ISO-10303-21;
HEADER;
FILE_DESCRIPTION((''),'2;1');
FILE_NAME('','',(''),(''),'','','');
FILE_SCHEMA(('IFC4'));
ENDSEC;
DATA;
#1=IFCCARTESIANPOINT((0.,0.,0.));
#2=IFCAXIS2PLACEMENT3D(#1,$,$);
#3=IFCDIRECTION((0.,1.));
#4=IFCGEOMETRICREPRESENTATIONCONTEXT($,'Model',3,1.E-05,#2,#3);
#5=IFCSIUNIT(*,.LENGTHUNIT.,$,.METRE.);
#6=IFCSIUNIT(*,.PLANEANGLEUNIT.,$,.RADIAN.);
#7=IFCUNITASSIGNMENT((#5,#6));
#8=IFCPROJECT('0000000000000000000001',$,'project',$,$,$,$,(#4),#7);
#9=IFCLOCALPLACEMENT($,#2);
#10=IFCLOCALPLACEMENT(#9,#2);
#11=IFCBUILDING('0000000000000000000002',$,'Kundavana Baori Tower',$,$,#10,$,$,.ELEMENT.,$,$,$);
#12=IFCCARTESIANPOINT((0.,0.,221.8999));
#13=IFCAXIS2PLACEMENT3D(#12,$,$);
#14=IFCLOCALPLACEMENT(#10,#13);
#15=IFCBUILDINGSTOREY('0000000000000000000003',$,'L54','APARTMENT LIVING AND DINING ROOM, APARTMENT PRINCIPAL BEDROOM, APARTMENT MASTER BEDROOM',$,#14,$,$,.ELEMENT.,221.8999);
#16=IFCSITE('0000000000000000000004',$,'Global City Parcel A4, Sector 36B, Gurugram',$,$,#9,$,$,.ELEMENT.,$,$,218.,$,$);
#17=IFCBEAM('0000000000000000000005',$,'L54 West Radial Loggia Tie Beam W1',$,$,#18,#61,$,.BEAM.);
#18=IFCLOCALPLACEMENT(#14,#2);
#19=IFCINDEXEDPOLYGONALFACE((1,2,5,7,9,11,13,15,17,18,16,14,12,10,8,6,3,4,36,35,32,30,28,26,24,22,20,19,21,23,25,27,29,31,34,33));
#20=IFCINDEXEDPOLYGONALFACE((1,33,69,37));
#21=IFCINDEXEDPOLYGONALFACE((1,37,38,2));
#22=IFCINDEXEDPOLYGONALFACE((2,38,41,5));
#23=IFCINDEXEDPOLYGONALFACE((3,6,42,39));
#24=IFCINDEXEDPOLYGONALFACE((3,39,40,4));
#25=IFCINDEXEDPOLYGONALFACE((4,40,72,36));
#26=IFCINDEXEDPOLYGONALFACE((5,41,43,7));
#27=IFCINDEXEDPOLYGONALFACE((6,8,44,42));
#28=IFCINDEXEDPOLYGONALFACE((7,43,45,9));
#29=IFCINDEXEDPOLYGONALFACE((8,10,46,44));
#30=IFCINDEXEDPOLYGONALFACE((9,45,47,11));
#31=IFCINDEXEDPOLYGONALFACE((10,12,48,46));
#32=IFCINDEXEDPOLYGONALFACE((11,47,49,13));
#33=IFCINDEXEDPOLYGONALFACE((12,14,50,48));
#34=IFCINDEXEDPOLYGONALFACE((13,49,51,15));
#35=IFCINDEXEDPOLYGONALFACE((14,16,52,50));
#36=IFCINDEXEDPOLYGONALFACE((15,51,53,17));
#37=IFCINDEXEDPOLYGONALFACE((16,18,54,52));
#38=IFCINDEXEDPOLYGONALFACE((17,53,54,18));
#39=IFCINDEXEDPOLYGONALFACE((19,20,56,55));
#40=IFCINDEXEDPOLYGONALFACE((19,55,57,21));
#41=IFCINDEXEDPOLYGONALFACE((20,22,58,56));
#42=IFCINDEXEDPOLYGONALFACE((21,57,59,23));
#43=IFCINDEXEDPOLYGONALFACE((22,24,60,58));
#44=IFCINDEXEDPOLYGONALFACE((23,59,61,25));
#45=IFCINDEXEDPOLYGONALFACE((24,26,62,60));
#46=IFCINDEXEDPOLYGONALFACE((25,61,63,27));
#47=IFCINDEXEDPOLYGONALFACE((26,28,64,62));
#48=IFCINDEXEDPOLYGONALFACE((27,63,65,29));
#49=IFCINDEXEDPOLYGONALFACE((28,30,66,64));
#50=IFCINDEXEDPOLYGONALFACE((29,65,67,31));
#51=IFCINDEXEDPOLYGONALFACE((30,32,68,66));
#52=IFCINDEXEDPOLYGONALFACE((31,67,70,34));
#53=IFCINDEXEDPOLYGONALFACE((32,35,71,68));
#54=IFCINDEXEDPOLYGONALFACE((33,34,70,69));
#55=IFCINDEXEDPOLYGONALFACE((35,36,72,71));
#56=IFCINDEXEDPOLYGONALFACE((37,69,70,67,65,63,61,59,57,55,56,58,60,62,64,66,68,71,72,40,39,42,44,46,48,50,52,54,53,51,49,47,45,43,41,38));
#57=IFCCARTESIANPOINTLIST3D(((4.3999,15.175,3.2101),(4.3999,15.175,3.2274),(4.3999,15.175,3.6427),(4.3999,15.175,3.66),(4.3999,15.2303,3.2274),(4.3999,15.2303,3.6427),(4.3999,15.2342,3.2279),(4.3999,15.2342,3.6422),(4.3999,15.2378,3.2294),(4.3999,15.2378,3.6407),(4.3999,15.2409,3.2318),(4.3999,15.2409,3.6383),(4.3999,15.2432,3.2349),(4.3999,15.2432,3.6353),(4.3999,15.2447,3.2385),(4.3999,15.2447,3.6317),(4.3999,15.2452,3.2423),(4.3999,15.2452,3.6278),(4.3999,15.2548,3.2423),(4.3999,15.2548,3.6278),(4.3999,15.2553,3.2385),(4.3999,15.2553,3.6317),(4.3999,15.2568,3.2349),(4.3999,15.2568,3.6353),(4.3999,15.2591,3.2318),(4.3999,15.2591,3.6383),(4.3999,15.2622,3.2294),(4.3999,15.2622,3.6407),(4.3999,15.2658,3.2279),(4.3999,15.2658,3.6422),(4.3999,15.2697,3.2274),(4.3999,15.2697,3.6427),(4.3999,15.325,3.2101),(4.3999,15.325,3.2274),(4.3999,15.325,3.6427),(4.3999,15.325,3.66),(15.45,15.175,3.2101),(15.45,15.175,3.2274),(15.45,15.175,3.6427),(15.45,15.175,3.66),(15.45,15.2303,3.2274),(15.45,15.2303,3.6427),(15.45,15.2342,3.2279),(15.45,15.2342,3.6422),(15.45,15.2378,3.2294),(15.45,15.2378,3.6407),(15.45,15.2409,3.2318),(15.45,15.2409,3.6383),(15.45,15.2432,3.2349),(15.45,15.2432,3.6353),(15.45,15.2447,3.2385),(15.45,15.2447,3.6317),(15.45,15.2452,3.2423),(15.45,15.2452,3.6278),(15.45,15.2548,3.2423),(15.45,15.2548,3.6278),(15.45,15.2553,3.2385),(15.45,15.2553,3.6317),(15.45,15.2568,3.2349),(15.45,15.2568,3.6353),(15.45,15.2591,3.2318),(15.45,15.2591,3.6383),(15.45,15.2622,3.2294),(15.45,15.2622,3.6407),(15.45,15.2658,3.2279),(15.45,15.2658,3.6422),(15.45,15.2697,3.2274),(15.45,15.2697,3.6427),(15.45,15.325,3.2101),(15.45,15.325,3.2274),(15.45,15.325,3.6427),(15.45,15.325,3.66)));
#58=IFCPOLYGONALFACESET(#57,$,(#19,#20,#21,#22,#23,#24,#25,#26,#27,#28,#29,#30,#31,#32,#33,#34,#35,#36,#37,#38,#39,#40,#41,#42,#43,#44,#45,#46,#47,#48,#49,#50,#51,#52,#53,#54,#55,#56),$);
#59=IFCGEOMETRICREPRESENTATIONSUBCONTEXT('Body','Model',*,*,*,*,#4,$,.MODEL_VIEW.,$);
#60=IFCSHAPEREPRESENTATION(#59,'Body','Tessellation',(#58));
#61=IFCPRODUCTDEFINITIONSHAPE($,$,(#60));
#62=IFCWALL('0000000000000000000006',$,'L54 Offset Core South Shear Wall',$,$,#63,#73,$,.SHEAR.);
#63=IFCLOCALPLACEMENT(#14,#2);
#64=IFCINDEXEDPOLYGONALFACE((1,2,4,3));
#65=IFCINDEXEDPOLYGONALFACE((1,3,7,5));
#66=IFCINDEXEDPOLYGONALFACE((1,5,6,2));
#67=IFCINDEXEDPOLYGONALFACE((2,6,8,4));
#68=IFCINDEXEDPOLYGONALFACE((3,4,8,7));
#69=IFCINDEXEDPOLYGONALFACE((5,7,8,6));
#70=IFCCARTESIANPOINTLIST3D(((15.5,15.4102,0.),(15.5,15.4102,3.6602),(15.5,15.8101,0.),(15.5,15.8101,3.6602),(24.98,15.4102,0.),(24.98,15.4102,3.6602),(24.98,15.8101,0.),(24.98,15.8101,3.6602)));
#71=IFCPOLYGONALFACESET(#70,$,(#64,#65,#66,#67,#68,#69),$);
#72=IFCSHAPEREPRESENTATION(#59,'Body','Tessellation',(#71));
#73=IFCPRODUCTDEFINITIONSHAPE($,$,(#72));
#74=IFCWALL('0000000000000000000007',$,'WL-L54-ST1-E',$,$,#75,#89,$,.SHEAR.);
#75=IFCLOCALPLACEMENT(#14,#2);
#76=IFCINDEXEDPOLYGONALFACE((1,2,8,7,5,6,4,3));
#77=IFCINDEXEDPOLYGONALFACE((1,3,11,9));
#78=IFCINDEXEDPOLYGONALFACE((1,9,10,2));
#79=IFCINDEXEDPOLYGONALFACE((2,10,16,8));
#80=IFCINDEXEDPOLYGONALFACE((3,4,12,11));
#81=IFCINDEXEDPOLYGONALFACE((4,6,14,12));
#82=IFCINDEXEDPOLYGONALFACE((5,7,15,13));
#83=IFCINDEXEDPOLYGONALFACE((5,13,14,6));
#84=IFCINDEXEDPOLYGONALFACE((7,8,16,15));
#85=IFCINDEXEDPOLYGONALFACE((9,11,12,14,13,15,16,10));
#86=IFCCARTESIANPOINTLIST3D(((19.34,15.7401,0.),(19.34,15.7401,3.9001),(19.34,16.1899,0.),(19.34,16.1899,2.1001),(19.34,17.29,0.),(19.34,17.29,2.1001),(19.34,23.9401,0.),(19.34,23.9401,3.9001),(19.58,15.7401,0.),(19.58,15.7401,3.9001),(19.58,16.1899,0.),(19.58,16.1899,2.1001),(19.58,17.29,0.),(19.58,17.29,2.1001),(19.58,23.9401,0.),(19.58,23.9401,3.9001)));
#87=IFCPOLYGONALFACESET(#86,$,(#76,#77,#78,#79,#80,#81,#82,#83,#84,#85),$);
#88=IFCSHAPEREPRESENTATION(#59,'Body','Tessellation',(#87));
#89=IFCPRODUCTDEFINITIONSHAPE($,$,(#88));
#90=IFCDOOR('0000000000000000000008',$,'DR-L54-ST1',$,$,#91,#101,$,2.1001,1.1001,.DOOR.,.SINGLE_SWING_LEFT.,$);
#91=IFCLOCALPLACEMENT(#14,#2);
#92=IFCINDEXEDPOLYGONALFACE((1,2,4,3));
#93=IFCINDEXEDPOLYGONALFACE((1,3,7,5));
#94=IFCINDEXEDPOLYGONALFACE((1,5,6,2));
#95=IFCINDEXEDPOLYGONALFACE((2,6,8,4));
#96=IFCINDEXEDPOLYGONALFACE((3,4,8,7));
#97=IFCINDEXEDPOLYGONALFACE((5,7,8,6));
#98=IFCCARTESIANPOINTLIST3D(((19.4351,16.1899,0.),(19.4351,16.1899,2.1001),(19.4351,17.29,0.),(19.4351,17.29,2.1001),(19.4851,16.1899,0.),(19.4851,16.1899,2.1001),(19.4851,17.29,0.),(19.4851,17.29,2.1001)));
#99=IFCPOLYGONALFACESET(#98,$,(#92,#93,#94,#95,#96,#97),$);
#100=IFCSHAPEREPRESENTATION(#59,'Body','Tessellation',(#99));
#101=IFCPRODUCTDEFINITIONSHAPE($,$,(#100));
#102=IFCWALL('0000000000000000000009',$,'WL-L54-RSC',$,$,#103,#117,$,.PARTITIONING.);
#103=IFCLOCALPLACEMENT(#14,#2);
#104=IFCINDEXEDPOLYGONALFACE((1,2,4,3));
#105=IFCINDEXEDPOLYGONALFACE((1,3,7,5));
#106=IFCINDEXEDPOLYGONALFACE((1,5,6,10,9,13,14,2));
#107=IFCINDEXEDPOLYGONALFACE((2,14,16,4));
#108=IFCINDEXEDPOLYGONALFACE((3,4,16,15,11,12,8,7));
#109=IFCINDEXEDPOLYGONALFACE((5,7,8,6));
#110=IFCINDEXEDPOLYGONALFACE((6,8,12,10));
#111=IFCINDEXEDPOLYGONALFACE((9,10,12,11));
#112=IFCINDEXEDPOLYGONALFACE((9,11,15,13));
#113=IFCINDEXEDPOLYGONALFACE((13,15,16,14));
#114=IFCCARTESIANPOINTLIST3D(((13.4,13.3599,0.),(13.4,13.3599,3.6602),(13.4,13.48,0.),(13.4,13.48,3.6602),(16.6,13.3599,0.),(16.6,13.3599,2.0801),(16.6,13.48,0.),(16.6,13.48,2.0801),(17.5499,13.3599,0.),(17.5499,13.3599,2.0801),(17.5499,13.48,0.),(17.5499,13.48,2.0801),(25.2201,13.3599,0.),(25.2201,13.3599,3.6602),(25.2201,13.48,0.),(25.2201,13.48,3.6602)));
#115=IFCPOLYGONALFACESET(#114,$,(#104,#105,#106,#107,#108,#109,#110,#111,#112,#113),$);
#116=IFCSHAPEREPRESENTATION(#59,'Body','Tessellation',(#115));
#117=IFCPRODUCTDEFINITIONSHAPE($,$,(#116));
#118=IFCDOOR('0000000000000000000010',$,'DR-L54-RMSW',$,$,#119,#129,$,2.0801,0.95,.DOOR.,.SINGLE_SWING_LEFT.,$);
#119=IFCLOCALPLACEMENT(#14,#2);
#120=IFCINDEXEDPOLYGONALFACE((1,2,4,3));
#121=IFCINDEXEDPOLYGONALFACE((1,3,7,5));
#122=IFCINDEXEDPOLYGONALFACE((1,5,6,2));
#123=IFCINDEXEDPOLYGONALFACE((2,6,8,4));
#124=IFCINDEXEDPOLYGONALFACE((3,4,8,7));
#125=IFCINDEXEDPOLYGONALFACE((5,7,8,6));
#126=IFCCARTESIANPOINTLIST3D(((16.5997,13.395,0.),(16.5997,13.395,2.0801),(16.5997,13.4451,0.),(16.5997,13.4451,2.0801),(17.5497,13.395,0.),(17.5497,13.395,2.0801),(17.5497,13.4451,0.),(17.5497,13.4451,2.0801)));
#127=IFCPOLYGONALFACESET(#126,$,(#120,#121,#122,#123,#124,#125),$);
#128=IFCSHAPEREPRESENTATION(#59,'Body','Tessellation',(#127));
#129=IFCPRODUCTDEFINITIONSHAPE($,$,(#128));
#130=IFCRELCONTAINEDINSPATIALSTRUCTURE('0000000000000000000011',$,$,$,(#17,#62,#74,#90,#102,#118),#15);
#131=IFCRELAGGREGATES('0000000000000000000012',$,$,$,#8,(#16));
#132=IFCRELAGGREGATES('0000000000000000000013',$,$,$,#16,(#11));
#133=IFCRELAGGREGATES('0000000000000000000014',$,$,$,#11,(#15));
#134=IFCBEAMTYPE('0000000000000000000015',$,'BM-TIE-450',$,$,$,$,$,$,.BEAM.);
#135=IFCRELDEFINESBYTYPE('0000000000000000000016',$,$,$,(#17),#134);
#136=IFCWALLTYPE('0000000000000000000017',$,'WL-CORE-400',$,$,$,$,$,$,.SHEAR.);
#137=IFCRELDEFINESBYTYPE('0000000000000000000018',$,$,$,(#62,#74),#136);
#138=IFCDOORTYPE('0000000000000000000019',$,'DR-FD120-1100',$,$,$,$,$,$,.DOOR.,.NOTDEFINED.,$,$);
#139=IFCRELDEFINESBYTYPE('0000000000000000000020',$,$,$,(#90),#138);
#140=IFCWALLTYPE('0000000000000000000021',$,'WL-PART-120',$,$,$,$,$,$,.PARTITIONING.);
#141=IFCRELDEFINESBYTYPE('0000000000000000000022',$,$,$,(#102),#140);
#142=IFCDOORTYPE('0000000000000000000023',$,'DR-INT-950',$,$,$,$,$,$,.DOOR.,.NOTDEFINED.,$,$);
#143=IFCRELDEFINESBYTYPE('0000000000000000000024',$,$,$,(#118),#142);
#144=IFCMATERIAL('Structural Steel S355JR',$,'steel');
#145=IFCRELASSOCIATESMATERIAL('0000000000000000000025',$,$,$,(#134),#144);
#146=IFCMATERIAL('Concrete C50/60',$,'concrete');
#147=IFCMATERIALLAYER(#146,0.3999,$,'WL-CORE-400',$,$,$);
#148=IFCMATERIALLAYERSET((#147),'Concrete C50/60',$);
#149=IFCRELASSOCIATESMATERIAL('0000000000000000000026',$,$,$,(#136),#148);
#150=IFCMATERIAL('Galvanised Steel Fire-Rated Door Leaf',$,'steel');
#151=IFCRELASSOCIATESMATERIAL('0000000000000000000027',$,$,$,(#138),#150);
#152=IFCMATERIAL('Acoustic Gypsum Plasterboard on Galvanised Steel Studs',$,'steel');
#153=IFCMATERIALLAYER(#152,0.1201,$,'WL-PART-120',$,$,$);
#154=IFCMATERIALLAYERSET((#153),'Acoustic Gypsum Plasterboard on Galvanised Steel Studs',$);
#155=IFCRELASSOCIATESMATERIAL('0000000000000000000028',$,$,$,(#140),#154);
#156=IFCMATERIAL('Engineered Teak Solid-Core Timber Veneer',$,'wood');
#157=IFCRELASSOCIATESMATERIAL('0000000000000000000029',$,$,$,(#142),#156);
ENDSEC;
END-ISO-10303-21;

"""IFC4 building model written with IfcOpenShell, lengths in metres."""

from ifc_helpers import new_model, si_unit, direction, frame, frame_2d, origin, origin_2d, place, context, subcontext, project, spatial, rectangle, i_section, extrude, material, layer, layer_set, material_profile, profile_set, type_object, element, fill, save


model = new_model("IFC4")

# Units and contexts
model_context = context("Model", 3, precision=1e-05, world=origin(), true_north=direction((0.0, 1.0)))
body_context = subcontext(model_context, "Body", "Model", "MODEL_VIEW")
ifc_project = project(units=[si_unit("LENGTHUNIT", "METRE"), si_unit("PLANEANGLEUNIT", "RADIAN")], contexts=[model_context])

# Site, building, storey
site_placement = place(None, origin())
site = spatial("IfcSite", under=ifc_project, at=site_placement, Name="Global City Parcel A4, Sector 36B, Gurugram", CompositionType="ELEMENT", RefElevation=218.0)
building_placement = place(site_placement, origin())
building = spatial("IfcBuilding", under=site, at=building_placement, Name="Kundavana Baori Tower", CompositionType="ELEMENT")
storey_placement = place(building_placement, frame((0.0, 0.0, 221.8999)))
storey = spatial("IfcBuildingStorey", under=building, at=storey_placement, Name="L54", Description="APARTMENT LIVING AND DINING ROOM, APARTMENT PRINCIPAL BEDROOM, APARTMENT MASTER BEDROOM", CompositionType="ELEMENT", Elevation=221.8999)

# Beam
ifc_material_1 = material(Name="Structural Steel S355JR", Category="steel")
ifc_material_profile_1 = material_profile(ifc_material_1, i_section(OverallWidth=0.1499, OverallDepth=0.45, WebThickness=0.0095, FlangeThickness=0.0173, FilletRadius=0.0149, at=origin_2d()), Name="ISMB 450")
ifc_profile_set_1 = profile_set([ifc_material_profile_1], Name="Structural Steel S355JR")
beam_type_1 = type_object("IfcBeamType", Name="BM-TIE-450", PredefinedType="BEAM", material=ifc_profile_set_1)
for number, where, z_axis, x_axis, name in (
    (1, (15.45, 15.25, 3.4351), (-1.0, 0.0, 0.0), (0.0, -1.0, 0.0), "L54 West Radial Loggia Tie Beam W1"),
):
    element("IfcBeam", number, at=place(storey_placement, frame(where, z_axis=z_axis, x_axis=x_axis)), inside=storey, type_object=beam_type_1, Name=name, PredefinedType="BEAM", context=body_context, shape_type="SweptSolid", body=[
        extrude(i_section(OverallWidth=0.1499, OverallDepth=0.45, WebThickness=0.0095, FlangeThickness=0.0173, FilletRadius=0.0149, at=origin_2d()), origin(), (0.0, 0.0, 1.0), 11.05),
    ])

# Wall
ifc_material_2 = material(Name="Concrete C50/60", Category="concrete")
ifc_layer_1 = layer(ifc_material_2, 0.3999, Name="WL-CORE-400")
ifc_layer_set_1 = layer_set([ifc_layer_1], Name="Concrete C50/60")
wall_type_1 = type_object("IfcWallType", Name="WL-CORE-400", PredefinedType="SHEAR", material=ifc_layer_set_1)
wall_1_placement = place(storey_placement, frame((15.5, 15.6101, 0.0), z_axis=(0.0, 0.0, 1.0), x_axis=(1.0, 0.0, 0.0)))
element("IfcWall", 2, at=wall_1_placement, inside=storey, type_object=wall_type_1, Name="L54 Offset Core South Shear Wall", PredefinedType="SHEAR", context=body_context, shape_type="SweptSolid", body=[
    extrude(rectangle(XDim=9.48, YDim=0.3999, at=frame_2d((4.74, 0.0))), origin(), (0.0, 0.0, 1.0), 3.6602),
])

# Walls, openings, doors
wall_2_placement = place(storey_placement, frame((19.46, 15.74, 0.0), z_axis=(0.0, 0.0, 1.0), x_axis=(0.0, 1.0, 0.0)))
wall_2 = element("IfcWall", 3, at=wall_2_placement, inside=storey, type_object=wall_type_1, Name="WL-L54-ST1-E", PredefinedType="SHEAR", context=body_context, shape_type="SweptSolid", body=[
    extrude(rectangle(XDim=8.2, YDim=0.24, at=frame_2d((4.1001, 0.0))), origin(), (0.0, 0.0, 1.0), 3.9001),
])
opening_1_placement = place(wall_2_placement, frame((0.45, 0.0, 0.0)))
opening_1 = element("IfcOpeningElement", 4, at=opening_1_placement, cuts=wall_2, PredefinedType="OPENING", context=body_context, shape_type="SweptSolid", body=[
    extrude(rectangle(XDim=1.1001, YDim=2.1001, at=frame_2d((0.55, 1.05))), frame((0.0, 0.1299, 0.0), z_axis=(0.0, -1.0, 0.0), x_axis=(1.0, 0.0, 0.0)), (0.0, 0.0, 1.0), 0.26),
])
ifc_material_3 = material(Name="Galvanised Steel Fire-Rated Door Leaf", Category="steel")
door_type_1 = type_object("IfcDoorType", Name="DR-FD120-1100", OperationType="NOTDEFINED", PredefinedType="DOOR", material=ifc_material_3)
door_1_placement = place(opening_1_placement, origin())
door_1 = element("IfcDoor", 5, at=door_1_placement, inside=storey, type_object=door_type_1, Name="DR-L54-ST1", OperationType="SINGLE_SWING_LEFT", OverallHeight=2.1001, OverallWidth=1.1001, PredefinedType="DOOR", context=body_context, shape_type="SweptSolid", body=[
    extrude(rectangle(XDim=1.1001, YDim=2.1001, at=frame_2d((0.55, 1.05))), frame((0.0, 0.0249, 0.0), z_axis=(0.0, -1.0, 0.0), x_axis=(1.0, 0.0, 0.0)), (0.0, 0.0, 1.0), 0.05),
])
fill(opening_1, door_1)
ifc_material_4 = material(Name="Acoustic Gypsum Plasterboard on Galvanised Steel Studs", Category="steel")
ifc_layer_2 = layer(ifc_material_4, 0.1201, Name="WL-PART-120")
ifc_layer_set_2 = layer_set([ifc_layer_2], Name="Acoustic Gypsum Plasterboard on Galvanised Steel Studs")
wall_type_2 = type_object("IfcWallType", Name="WL-PART-120", PredefinedType="PARTITIONING", material=ifc_layer_set_2)
wall_3_placement = place(storey_placement, frame((13.3999, 13.4199, 0.0), z_axis=(0.0, 0.0, 1.0), x_axis=(1.0, 0.0, 0.0)))
wall_3 = element("IfcWall", 6, at=wall_3_placement, inside=storey, type_object=wall_type_2, Name="WL-L54-RSC", PredefinedType="PARTITIONING", context=body_context, shape_type="SweptSolid", body=[
    extrude(rectangle(XDim=11.8201, YDim=0.1201, at=frame_2d((5.9102, 0.0))), origin(), (0.0, 0.0, 1.0), 3.6602),
])
opening_2_placement = place(wall_3_placement, frame((3.2, 0.0, 0.0)))
opening_2 = element("IfcOpeningElement", 7, at=opening_2_placement, cuts=wall_3, PredefinedType="OPENING", context=body_context, shape_type="SweptSolid", body=[
    extrude(rectangle(XDim=0.95, YDim=2.0801, at=frame_2d((0.4751, 1.04))), frame((0.0, 0.0701, 0.0), z_axis=(0.0, -1.0, 0.0), x_axis=(1.0, 0.0, 0.0)), (0.0, 0.0, 1.0), 0.1401),
])
ifc_material_5 = material(Name="Engineered Teak Solid-Core Timber Veneer", Category="wood")
door_type_2 = type_object("IfcDoorType", Name="DR-INT-950", OperationType="NOTDEFINED", PredefinedType="DOOR", material=ifc_material_5)
door_2_placement = place(opening_2_placement, frame((0.95, 0.0, 0.0), z_axis=(0.0, 0.0, 1.0), x_axis=(-1.0, 0.0, 0.0)))
door_2 = element("IfcDoor", 8, at=door_2_placement, inside=storey, type_object=door_type_2, Name="DR-L54-RMSW", OperationType="SINGLE_SWING_LEFT", OverallHeight=2.0801, OverallWidth=0.95, PredefinedType="DOOR", context=body_context, shape_type="SweptSolid", body=[
    extrude(rectangle(XDim=0.95, YDim=2.0801, at=frame_2d((0.4751, 1.04))), frame((0.0, 0.0249, 0.0), z_axis=(0.0, -1.0, 0.0), x_axis=(1.0, 0.0, 0.0)), (0.0, 0.0, 1.0), 0.05),
])
fill(opening_2, door_2)

save(model, "model.ifc")
